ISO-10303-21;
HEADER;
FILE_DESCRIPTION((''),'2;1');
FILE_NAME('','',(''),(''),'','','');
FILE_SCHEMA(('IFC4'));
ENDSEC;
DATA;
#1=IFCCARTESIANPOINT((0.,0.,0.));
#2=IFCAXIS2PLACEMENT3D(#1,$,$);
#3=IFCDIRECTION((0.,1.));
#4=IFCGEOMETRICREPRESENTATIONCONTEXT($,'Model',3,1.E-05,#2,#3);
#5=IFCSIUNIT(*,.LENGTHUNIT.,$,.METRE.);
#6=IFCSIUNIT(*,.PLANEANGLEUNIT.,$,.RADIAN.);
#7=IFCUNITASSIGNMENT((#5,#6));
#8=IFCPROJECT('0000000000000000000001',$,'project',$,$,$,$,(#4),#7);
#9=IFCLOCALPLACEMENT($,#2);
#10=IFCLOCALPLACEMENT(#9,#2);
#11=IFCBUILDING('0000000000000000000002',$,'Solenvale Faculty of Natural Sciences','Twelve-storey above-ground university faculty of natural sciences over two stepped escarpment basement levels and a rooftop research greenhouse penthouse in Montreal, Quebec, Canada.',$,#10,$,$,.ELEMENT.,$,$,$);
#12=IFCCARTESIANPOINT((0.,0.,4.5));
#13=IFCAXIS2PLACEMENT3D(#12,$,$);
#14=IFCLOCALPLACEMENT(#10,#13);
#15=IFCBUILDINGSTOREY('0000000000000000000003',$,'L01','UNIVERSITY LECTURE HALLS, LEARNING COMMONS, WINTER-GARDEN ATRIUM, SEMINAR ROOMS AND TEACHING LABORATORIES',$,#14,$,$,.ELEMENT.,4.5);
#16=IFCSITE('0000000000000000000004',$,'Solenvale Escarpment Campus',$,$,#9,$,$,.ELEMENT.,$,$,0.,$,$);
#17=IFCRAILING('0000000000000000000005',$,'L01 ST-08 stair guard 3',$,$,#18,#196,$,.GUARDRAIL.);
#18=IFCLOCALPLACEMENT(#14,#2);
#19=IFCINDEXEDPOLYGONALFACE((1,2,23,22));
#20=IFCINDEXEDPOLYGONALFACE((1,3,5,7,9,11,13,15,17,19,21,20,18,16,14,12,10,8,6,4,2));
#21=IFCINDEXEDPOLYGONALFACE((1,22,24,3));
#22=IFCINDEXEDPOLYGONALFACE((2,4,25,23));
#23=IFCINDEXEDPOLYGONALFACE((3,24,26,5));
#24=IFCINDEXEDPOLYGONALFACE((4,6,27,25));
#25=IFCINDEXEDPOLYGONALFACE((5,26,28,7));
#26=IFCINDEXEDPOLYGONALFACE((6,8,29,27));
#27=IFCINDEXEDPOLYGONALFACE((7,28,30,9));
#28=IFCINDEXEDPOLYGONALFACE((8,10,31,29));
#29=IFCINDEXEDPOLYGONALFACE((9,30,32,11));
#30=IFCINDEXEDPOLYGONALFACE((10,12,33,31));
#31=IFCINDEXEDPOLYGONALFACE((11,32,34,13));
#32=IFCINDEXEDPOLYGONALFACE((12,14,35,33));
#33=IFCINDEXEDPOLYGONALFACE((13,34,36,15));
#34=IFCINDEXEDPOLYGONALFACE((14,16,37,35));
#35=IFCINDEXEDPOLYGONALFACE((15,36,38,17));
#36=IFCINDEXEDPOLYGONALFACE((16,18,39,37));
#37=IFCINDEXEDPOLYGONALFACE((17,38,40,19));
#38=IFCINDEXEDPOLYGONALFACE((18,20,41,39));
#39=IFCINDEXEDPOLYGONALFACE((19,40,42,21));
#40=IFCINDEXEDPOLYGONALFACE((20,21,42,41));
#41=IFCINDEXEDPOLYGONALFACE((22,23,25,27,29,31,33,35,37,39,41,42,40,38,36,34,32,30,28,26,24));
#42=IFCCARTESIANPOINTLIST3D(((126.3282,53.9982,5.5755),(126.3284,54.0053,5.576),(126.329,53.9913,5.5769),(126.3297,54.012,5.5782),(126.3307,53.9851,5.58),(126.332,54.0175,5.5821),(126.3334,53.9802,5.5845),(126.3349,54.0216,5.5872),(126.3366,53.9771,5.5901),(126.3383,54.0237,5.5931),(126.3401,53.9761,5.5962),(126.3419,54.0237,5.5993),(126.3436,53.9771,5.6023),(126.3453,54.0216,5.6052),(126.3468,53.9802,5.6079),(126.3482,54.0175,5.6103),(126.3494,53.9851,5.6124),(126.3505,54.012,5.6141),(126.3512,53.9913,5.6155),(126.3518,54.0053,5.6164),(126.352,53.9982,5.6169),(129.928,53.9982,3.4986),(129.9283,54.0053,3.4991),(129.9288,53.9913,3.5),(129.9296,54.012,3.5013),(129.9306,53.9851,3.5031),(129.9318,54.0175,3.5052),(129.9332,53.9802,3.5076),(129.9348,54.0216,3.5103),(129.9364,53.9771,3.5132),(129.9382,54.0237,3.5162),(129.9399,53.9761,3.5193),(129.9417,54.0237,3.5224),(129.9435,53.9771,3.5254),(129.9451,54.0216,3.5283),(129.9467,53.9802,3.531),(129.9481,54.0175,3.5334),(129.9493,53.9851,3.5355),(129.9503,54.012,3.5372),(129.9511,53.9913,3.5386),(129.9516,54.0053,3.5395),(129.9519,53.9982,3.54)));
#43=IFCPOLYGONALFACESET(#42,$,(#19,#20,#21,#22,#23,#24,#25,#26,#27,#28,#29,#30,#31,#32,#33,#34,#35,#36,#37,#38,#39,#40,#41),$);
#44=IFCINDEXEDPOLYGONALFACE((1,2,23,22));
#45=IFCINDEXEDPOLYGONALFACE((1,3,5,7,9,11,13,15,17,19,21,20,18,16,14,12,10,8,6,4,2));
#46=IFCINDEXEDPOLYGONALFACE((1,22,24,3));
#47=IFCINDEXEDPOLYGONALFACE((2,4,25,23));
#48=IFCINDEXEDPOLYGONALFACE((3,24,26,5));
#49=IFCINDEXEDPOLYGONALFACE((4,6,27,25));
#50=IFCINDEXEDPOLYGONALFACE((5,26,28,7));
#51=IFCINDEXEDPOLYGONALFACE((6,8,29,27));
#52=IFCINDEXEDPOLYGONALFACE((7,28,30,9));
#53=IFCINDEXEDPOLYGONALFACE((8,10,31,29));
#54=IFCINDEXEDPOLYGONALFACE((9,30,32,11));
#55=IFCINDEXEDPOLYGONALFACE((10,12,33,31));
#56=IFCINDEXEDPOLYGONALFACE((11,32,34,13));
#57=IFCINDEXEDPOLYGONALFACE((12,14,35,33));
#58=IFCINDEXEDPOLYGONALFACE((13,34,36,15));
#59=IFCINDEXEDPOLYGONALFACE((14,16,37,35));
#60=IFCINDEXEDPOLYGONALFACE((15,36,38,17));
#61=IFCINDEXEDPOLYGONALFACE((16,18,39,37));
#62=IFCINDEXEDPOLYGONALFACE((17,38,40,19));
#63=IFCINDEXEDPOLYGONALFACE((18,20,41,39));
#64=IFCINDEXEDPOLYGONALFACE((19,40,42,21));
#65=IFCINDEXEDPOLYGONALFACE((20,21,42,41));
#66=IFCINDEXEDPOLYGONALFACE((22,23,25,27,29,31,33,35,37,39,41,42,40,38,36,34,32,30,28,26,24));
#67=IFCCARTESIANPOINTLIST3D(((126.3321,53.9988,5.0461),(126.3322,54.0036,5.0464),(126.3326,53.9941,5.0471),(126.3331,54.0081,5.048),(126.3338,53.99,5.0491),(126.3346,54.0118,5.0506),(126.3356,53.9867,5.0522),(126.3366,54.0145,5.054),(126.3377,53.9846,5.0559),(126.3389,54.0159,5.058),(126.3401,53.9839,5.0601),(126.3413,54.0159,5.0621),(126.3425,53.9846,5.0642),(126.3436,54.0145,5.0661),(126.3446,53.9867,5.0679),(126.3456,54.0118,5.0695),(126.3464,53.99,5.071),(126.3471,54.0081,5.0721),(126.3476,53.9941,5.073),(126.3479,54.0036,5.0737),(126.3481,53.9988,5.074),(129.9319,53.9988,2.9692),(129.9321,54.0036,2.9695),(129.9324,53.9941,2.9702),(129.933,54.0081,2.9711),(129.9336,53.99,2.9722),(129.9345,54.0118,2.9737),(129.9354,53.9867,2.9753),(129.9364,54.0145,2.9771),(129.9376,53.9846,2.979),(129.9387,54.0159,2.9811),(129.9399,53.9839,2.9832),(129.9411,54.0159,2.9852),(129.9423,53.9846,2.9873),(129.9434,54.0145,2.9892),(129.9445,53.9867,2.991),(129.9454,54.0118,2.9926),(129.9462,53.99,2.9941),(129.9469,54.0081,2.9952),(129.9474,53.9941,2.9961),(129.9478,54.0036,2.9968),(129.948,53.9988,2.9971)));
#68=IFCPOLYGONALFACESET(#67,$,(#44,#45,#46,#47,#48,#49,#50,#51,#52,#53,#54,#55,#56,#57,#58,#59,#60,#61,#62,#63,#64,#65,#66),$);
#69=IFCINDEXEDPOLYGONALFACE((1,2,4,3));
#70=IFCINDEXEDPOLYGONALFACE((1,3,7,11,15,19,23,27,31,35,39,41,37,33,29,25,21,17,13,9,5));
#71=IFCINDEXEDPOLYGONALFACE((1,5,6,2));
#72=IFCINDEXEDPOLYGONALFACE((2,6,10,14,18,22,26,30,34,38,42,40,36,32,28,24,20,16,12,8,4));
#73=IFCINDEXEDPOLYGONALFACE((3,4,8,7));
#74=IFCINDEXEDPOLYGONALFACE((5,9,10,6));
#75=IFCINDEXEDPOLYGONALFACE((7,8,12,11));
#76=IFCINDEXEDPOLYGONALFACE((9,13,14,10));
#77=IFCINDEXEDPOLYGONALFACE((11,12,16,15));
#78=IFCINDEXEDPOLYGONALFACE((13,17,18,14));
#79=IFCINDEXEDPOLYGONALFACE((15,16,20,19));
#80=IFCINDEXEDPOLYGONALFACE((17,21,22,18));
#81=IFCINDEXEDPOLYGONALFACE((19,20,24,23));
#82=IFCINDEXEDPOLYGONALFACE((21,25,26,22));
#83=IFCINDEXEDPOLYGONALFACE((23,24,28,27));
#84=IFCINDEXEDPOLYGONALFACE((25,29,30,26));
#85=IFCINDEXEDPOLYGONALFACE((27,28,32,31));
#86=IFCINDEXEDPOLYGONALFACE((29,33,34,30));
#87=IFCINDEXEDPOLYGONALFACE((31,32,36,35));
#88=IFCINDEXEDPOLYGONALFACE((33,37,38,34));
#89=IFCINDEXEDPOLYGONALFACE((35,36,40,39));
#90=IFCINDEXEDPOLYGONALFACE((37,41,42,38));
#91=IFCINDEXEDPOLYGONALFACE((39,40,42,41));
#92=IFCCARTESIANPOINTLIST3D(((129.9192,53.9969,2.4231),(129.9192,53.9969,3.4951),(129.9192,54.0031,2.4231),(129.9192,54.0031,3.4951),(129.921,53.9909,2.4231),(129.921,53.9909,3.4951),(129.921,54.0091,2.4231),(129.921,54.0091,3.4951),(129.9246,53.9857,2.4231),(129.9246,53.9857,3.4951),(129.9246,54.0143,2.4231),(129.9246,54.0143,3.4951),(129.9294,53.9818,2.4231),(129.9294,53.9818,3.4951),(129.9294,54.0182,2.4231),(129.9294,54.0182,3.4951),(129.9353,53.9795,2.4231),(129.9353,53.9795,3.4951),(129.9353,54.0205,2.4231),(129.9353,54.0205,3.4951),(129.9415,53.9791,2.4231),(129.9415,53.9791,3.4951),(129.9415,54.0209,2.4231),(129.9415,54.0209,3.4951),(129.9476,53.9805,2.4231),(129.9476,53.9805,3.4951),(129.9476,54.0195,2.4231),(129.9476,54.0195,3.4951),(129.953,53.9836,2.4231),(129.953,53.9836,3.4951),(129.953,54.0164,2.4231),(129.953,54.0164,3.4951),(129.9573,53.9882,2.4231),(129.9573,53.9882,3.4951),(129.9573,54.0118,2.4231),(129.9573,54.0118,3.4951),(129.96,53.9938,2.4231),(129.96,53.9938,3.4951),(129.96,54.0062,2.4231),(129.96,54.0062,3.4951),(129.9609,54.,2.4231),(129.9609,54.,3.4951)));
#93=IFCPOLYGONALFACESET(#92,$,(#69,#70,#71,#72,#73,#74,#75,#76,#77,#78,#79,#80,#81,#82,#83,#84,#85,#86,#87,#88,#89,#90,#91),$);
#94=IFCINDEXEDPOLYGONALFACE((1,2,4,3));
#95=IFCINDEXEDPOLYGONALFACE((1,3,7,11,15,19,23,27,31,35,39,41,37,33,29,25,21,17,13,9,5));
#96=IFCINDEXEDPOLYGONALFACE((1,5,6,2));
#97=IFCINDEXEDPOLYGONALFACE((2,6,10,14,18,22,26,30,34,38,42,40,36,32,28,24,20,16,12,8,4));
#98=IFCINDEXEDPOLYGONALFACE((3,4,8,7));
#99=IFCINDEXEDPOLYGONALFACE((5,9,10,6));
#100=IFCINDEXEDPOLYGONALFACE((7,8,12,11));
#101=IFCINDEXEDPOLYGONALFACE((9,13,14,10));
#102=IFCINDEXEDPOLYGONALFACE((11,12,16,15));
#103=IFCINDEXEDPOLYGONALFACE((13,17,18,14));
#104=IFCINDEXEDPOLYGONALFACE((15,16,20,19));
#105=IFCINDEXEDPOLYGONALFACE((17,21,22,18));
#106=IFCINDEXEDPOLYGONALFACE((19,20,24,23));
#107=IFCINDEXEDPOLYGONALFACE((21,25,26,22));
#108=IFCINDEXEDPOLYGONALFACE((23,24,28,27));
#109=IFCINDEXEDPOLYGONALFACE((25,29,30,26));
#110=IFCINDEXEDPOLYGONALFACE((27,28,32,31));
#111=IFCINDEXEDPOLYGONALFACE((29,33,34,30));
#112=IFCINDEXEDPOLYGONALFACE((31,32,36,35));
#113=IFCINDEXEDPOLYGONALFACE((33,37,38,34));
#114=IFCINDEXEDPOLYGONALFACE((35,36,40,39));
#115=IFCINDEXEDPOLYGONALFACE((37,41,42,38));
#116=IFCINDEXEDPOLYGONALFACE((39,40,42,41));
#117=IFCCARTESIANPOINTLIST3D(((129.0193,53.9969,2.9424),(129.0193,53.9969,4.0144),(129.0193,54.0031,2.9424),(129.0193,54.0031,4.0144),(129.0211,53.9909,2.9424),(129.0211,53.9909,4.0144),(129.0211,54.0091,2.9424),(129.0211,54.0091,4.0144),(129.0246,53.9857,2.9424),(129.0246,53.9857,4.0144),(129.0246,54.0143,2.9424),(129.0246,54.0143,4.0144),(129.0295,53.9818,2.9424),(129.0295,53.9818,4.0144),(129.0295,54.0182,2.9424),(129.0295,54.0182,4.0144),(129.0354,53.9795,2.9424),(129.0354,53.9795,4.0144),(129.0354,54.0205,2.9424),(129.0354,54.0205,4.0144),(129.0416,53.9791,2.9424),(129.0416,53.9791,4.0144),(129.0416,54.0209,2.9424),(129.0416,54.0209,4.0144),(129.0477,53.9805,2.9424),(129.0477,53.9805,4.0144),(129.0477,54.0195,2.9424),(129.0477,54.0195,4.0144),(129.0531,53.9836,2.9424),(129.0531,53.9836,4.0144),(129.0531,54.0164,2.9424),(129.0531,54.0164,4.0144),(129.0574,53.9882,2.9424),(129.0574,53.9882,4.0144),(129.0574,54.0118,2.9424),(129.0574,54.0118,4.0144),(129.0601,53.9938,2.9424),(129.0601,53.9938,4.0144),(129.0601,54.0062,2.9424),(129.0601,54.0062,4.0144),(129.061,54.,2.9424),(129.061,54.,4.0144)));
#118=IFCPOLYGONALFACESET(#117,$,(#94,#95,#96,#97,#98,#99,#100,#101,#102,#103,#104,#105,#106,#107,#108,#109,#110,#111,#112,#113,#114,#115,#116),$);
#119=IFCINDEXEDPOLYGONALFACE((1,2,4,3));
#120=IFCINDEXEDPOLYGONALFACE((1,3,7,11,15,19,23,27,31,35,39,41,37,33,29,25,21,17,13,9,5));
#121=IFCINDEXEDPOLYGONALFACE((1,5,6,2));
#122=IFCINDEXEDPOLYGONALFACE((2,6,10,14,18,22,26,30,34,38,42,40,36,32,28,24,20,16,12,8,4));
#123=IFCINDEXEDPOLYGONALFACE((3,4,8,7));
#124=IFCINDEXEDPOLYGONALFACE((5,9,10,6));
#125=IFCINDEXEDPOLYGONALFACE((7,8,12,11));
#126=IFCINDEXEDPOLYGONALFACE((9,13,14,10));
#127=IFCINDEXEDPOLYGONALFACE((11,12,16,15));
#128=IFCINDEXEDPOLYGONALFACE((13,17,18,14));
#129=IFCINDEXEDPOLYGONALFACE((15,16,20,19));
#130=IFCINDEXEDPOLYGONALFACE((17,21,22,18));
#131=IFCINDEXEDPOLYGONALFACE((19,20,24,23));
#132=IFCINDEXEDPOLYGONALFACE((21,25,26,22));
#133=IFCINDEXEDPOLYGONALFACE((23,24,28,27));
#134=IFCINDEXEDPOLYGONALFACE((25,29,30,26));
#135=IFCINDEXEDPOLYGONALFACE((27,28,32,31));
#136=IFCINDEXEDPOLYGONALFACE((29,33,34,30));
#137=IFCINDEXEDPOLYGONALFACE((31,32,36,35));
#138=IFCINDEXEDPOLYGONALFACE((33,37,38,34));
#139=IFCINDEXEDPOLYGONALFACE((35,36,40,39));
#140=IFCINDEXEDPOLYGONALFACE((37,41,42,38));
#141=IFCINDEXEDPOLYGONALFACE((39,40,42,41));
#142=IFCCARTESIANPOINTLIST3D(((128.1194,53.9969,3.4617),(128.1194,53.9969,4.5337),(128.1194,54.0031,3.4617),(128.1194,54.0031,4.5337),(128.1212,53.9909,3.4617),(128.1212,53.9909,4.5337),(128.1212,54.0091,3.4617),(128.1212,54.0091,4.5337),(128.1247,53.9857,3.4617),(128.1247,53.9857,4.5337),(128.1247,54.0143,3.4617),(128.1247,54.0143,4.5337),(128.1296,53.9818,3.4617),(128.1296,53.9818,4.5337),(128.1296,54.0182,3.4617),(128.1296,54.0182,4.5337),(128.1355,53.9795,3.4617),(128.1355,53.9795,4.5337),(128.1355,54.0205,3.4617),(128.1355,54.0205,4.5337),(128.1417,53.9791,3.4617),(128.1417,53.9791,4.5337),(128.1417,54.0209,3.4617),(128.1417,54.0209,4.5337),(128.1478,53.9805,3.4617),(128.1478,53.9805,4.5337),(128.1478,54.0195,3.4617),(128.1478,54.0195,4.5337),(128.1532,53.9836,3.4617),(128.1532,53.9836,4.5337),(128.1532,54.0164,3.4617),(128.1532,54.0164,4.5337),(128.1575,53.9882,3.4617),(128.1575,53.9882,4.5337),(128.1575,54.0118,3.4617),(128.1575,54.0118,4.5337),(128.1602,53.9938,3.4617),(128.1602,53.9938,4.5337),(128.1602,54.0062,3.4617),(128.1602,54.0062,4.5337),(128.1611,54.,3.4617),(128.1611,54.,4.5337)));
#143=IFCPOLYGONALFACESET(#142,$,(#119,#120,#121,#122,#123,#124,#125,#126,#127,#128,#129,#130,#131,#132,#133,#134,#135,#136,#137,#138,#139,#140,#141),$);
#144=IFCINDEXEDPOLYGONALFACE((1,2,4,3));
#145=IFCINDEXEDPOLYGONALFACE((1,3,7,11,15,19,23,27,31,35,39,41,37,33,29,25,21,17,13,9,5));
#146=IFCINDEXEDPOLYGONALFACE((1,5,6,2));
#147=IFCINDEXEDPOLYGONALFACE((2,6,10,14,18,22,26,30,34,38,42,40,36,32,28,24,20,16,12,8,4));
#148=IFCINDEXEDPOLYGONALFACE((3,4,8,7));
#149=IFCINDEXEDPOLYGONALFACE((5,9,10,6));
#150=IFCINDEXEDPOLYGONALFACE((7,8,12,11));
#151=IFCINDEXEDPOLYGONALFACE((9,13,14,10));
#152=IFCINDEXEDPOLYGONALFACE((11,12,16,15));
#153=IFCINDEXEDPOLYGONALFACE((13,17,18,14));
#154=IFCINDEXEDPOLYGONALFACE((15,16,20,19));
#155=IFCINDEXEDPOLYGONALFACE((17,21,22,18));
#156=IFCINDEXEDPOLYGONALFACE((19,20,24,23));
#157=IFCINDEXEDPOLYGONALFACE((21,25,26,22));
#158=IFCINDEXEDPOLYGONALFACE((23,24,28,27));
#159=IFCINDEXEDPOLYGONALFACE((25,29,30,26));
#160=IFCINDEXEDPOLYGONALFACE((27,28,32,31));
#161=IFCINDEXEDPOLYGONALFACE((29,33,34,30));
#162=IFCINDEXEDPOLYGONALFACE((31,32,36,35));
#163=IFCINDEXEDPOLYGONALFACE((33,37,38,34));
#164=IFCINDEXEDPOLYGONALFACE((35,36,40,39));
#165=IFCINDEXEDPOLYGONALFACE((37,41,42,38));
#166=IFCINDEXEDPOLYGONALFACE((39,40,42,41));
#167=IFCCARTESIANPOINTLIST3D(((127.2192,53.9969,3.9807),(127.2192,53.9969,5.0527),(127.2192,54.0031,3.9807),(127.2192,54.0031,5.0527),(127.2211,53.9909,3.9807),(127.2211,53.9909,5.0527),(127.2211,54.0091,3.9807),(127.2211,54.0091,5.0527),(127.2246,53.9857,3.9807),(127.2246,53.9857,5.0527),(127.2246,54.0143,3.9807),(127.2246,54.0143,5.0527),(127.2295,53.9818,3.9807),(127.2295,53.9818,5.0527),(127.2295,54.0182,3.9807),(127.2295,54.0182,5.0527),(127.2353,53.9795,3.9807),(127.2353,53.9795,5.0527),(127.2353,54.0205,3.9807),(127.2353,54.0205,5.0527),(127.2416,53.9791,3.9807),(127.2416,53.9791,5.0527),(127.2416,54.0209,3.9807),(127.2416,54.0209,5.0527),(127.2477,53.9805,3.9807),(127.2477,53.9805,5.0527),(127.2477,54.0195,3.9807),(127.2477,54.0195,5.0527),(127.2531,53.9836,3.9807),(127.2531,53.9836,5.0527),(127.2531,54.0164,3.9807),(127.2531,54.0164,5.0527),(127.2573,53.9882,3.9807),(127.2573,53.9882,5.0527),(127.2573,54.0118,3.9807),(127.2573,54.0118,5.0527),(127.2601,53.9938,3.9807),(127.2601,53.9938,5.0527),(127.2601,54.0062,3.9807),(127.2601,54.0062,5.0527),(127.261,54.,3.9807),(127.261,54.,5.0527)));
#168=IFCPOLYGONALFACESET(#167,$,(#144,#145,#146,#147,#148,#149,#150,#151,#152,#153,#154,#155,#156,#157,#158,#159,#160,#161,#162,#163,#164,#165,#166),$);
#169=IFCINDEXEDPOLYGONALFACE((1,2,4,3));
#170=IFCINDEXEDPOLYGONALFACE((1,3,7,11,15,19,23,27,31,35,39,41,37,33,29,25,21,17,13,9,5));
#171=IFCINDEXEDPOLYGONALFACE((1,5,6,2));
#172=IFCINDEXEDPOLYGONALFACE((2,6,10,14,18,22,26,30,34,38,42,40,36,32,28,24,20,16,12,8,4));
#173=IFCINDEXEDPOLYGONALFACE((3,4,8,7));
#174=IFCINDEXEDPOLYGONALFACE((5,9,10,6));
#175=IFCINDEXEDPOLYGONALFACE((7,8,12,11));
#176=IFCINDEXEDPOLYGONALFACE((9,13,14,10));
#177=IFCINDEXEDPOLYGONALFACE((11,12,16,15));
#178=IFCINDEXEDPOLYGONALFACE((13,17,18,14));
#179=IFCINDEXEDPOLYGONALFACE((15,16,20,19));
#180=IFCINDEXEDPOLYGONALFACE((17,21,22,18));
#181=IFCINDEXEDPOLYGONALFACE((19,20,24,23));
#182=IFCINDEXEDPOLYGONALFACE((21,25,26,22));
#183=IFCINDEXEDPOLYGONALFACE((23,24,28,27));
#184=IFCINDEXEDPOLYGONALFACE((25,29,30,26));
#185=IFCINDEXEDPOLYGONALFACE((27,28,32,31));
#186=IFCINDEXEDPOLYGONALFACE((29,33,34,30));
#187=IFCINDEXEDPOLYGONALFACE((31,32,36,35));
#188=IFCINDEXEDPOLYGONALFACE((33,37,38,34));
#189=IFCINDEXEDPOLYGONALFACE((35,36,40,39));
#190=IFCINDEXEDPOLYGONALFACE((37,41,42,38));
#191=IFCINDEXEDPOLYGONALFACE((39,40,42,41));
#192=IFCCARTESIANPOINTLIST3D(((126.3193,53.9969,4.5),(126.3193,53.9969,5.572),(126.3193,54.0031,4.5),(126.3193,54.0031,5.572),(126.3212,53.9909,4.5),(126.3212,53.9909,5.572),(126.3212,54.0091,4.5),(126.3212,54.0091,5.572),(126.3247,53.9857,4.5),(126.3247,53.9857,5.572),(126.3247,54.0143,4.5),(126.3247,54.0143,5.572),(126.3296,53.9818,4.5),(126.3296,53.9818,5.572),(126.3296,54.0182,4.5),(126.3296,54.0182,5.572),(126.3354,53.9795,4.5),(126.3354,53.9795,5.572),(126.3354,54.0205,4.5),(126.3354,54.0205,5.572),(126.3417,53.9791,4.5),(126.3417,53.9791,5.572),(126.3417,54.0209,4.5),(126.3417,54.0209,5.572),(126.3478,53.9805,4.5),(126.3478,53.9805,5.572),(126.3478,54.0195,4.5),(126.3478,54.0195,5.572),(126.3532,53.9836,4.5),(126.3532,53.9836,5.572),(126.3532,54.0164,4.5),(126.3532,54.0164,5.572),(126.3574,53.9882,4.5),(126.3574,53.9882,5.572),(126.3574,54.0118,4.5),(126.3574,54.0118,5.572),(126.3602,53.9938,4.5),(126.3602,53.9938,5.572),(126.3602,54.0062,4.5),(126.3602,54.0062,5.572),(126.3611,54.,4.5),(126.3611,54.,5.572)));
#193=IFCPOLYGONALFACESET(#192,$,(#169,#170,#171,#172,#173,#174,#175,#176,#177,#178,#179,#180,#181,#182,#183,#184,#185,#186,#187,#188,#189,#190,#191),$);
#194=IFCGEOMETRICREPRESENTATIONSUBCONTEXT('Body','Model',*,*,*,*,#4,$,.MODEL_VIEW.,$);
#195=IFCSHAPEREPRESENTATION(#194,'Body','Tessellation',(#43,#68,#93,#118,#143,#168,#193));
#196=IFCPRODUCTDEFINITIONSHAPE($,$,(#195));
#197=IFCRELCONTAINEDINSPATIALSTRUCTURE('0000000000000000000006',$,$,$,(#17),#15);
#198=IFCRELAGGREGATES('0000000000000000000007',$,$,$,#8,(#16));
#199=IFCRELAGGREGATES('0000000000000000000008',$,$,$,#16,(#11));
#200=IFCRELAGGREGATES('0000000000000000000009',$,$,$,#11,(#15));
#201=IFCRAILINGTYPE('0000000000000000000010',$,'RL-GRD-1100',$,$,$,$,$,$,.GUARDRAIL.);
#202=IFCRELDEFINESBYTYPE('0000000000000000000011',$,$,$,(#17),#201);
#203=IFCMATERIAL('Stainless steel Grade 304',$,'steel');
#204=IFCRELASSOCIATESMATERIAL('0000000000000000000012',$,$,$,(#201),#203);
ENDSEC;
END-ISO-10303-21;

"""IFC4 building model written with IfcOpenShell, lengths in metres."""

from ifc_helpers import new_model, si_unit, direction, frame, origin, origin_2d, place, context, subcontext, project, spatial, circle, extrude, material, type_object, element, save


model = new_model("IFC4")

# Units and contexts
model_context = context("Model", 3, precision=1e-05, world=origin(), true_north=direction((0.0, 1.0)))
body_context = subcontext(model_context, "Body", "Model", "MODEL_VIEW")
ifc_project = project(units=[si_unit("LENGTHUNIT", "METRE"), si_unit("PLANEANGLEUNIT", "RADIAN")], contexts=[model_context])

# Site, building, storey
site_placement = place(None, origin())
site = spatial("IfcSite", under=ifc_project, at=site_placement, Name="Solenvale Escarpment Campus", CompositionType="ELEMENT", RefElevation=0.0)
building_placement = place(site_placement, origin())
building = spatial("IfcBuilding", under=site, at=building_placement, Name="Solenvale Faculty of Natural Sciences", Description="Twelve-storey above-ground university faculty of natural sciences over two stepped escarpment basement levels and a rooftop research greenhouse penthouse in Montreal, Quebec, Canada.", CompositionType="ELEMENT")
storey_placement = place(building_placement, frame((0.0, 0.0, 4.5)))
storey = spatial("IfcBuildingStorey", under=building, at=storey_placement, Name="L01", Description="UNIVERSITY LECTURE HALLS, LEARNING COMMONS, WINTER-GARDEN ATRIUM, SEMINAR ROOMS AND TEACHING LABORATORIES", CompositionType="ELEMENT", Elevation=4.5)

# Railing
ifc_material_1 = material(Name="Stainless steel Grade 304", Category="steel")
railing_type_1 = type_object("IfcRailingType", Name="RL-GRD-1100", PredefinedType="GUARDRAIL", material=ifc_material_1)
railing_1_placement = place(storey_placement, frame((129.9399, 54.0, 2.4231)))
element("IfcRailing", 1, at=railing_1_placement, inside=storey, type_object=railing_type_1, Name="L01 ST-08 stair guard 3", PredefinedType="GUARDRAIL", context=body_context, shape_type="SweptSolid", body=[
    extrude(circle(Radius=0.0239, at=origin_2d()), frame((0.0, 0.0, 1.0962), z_axis=(-0.866179, 0.0, 0.499734), x_axis=(0.0, -1.0, 0.0)), (0.0, 0.0, 1.0), 4.156),
    extrude(circle(Radius=0.0161, at=origin_2d()), frame((0.0, 0.0, 0.5601), z_axis=(-0.866179, 0.0, 0.499734), x_axis=(0.0, -1.0, 0.0)), (0.0, 0.0, 1.0), 4.156),
    extrude(circle(Radius=0.021, at=origin_2d()), origin(), (0.0, 0.0, 1.0), 1.072),
    extrude(circle(Radius=0.021, at=origin_2d()), frame((-0.8999, 0.0, 0.5193)), (0.0, 0.0, 1.0), 1.072),
    extrude(circle(Radius=0.021, at=origin_2d()), frame((-1.7998, 0.0, 1.0386)), (0.0, 0.0, 1.0), 1.072),
    extrude(circle(Radius=0.021, at=origin_2d()), frame((-2.7, 0.0, 1.5576)), (0.0, 0.0, 1.0), 1.072),
    extrude(circle(Radius=0.021, at=origin_2d()), frame((-3.5999, 0.0, 2.0769)), (0.0, 0.0, 1.0), 1.072),
])

save(model, "model.ifc")
